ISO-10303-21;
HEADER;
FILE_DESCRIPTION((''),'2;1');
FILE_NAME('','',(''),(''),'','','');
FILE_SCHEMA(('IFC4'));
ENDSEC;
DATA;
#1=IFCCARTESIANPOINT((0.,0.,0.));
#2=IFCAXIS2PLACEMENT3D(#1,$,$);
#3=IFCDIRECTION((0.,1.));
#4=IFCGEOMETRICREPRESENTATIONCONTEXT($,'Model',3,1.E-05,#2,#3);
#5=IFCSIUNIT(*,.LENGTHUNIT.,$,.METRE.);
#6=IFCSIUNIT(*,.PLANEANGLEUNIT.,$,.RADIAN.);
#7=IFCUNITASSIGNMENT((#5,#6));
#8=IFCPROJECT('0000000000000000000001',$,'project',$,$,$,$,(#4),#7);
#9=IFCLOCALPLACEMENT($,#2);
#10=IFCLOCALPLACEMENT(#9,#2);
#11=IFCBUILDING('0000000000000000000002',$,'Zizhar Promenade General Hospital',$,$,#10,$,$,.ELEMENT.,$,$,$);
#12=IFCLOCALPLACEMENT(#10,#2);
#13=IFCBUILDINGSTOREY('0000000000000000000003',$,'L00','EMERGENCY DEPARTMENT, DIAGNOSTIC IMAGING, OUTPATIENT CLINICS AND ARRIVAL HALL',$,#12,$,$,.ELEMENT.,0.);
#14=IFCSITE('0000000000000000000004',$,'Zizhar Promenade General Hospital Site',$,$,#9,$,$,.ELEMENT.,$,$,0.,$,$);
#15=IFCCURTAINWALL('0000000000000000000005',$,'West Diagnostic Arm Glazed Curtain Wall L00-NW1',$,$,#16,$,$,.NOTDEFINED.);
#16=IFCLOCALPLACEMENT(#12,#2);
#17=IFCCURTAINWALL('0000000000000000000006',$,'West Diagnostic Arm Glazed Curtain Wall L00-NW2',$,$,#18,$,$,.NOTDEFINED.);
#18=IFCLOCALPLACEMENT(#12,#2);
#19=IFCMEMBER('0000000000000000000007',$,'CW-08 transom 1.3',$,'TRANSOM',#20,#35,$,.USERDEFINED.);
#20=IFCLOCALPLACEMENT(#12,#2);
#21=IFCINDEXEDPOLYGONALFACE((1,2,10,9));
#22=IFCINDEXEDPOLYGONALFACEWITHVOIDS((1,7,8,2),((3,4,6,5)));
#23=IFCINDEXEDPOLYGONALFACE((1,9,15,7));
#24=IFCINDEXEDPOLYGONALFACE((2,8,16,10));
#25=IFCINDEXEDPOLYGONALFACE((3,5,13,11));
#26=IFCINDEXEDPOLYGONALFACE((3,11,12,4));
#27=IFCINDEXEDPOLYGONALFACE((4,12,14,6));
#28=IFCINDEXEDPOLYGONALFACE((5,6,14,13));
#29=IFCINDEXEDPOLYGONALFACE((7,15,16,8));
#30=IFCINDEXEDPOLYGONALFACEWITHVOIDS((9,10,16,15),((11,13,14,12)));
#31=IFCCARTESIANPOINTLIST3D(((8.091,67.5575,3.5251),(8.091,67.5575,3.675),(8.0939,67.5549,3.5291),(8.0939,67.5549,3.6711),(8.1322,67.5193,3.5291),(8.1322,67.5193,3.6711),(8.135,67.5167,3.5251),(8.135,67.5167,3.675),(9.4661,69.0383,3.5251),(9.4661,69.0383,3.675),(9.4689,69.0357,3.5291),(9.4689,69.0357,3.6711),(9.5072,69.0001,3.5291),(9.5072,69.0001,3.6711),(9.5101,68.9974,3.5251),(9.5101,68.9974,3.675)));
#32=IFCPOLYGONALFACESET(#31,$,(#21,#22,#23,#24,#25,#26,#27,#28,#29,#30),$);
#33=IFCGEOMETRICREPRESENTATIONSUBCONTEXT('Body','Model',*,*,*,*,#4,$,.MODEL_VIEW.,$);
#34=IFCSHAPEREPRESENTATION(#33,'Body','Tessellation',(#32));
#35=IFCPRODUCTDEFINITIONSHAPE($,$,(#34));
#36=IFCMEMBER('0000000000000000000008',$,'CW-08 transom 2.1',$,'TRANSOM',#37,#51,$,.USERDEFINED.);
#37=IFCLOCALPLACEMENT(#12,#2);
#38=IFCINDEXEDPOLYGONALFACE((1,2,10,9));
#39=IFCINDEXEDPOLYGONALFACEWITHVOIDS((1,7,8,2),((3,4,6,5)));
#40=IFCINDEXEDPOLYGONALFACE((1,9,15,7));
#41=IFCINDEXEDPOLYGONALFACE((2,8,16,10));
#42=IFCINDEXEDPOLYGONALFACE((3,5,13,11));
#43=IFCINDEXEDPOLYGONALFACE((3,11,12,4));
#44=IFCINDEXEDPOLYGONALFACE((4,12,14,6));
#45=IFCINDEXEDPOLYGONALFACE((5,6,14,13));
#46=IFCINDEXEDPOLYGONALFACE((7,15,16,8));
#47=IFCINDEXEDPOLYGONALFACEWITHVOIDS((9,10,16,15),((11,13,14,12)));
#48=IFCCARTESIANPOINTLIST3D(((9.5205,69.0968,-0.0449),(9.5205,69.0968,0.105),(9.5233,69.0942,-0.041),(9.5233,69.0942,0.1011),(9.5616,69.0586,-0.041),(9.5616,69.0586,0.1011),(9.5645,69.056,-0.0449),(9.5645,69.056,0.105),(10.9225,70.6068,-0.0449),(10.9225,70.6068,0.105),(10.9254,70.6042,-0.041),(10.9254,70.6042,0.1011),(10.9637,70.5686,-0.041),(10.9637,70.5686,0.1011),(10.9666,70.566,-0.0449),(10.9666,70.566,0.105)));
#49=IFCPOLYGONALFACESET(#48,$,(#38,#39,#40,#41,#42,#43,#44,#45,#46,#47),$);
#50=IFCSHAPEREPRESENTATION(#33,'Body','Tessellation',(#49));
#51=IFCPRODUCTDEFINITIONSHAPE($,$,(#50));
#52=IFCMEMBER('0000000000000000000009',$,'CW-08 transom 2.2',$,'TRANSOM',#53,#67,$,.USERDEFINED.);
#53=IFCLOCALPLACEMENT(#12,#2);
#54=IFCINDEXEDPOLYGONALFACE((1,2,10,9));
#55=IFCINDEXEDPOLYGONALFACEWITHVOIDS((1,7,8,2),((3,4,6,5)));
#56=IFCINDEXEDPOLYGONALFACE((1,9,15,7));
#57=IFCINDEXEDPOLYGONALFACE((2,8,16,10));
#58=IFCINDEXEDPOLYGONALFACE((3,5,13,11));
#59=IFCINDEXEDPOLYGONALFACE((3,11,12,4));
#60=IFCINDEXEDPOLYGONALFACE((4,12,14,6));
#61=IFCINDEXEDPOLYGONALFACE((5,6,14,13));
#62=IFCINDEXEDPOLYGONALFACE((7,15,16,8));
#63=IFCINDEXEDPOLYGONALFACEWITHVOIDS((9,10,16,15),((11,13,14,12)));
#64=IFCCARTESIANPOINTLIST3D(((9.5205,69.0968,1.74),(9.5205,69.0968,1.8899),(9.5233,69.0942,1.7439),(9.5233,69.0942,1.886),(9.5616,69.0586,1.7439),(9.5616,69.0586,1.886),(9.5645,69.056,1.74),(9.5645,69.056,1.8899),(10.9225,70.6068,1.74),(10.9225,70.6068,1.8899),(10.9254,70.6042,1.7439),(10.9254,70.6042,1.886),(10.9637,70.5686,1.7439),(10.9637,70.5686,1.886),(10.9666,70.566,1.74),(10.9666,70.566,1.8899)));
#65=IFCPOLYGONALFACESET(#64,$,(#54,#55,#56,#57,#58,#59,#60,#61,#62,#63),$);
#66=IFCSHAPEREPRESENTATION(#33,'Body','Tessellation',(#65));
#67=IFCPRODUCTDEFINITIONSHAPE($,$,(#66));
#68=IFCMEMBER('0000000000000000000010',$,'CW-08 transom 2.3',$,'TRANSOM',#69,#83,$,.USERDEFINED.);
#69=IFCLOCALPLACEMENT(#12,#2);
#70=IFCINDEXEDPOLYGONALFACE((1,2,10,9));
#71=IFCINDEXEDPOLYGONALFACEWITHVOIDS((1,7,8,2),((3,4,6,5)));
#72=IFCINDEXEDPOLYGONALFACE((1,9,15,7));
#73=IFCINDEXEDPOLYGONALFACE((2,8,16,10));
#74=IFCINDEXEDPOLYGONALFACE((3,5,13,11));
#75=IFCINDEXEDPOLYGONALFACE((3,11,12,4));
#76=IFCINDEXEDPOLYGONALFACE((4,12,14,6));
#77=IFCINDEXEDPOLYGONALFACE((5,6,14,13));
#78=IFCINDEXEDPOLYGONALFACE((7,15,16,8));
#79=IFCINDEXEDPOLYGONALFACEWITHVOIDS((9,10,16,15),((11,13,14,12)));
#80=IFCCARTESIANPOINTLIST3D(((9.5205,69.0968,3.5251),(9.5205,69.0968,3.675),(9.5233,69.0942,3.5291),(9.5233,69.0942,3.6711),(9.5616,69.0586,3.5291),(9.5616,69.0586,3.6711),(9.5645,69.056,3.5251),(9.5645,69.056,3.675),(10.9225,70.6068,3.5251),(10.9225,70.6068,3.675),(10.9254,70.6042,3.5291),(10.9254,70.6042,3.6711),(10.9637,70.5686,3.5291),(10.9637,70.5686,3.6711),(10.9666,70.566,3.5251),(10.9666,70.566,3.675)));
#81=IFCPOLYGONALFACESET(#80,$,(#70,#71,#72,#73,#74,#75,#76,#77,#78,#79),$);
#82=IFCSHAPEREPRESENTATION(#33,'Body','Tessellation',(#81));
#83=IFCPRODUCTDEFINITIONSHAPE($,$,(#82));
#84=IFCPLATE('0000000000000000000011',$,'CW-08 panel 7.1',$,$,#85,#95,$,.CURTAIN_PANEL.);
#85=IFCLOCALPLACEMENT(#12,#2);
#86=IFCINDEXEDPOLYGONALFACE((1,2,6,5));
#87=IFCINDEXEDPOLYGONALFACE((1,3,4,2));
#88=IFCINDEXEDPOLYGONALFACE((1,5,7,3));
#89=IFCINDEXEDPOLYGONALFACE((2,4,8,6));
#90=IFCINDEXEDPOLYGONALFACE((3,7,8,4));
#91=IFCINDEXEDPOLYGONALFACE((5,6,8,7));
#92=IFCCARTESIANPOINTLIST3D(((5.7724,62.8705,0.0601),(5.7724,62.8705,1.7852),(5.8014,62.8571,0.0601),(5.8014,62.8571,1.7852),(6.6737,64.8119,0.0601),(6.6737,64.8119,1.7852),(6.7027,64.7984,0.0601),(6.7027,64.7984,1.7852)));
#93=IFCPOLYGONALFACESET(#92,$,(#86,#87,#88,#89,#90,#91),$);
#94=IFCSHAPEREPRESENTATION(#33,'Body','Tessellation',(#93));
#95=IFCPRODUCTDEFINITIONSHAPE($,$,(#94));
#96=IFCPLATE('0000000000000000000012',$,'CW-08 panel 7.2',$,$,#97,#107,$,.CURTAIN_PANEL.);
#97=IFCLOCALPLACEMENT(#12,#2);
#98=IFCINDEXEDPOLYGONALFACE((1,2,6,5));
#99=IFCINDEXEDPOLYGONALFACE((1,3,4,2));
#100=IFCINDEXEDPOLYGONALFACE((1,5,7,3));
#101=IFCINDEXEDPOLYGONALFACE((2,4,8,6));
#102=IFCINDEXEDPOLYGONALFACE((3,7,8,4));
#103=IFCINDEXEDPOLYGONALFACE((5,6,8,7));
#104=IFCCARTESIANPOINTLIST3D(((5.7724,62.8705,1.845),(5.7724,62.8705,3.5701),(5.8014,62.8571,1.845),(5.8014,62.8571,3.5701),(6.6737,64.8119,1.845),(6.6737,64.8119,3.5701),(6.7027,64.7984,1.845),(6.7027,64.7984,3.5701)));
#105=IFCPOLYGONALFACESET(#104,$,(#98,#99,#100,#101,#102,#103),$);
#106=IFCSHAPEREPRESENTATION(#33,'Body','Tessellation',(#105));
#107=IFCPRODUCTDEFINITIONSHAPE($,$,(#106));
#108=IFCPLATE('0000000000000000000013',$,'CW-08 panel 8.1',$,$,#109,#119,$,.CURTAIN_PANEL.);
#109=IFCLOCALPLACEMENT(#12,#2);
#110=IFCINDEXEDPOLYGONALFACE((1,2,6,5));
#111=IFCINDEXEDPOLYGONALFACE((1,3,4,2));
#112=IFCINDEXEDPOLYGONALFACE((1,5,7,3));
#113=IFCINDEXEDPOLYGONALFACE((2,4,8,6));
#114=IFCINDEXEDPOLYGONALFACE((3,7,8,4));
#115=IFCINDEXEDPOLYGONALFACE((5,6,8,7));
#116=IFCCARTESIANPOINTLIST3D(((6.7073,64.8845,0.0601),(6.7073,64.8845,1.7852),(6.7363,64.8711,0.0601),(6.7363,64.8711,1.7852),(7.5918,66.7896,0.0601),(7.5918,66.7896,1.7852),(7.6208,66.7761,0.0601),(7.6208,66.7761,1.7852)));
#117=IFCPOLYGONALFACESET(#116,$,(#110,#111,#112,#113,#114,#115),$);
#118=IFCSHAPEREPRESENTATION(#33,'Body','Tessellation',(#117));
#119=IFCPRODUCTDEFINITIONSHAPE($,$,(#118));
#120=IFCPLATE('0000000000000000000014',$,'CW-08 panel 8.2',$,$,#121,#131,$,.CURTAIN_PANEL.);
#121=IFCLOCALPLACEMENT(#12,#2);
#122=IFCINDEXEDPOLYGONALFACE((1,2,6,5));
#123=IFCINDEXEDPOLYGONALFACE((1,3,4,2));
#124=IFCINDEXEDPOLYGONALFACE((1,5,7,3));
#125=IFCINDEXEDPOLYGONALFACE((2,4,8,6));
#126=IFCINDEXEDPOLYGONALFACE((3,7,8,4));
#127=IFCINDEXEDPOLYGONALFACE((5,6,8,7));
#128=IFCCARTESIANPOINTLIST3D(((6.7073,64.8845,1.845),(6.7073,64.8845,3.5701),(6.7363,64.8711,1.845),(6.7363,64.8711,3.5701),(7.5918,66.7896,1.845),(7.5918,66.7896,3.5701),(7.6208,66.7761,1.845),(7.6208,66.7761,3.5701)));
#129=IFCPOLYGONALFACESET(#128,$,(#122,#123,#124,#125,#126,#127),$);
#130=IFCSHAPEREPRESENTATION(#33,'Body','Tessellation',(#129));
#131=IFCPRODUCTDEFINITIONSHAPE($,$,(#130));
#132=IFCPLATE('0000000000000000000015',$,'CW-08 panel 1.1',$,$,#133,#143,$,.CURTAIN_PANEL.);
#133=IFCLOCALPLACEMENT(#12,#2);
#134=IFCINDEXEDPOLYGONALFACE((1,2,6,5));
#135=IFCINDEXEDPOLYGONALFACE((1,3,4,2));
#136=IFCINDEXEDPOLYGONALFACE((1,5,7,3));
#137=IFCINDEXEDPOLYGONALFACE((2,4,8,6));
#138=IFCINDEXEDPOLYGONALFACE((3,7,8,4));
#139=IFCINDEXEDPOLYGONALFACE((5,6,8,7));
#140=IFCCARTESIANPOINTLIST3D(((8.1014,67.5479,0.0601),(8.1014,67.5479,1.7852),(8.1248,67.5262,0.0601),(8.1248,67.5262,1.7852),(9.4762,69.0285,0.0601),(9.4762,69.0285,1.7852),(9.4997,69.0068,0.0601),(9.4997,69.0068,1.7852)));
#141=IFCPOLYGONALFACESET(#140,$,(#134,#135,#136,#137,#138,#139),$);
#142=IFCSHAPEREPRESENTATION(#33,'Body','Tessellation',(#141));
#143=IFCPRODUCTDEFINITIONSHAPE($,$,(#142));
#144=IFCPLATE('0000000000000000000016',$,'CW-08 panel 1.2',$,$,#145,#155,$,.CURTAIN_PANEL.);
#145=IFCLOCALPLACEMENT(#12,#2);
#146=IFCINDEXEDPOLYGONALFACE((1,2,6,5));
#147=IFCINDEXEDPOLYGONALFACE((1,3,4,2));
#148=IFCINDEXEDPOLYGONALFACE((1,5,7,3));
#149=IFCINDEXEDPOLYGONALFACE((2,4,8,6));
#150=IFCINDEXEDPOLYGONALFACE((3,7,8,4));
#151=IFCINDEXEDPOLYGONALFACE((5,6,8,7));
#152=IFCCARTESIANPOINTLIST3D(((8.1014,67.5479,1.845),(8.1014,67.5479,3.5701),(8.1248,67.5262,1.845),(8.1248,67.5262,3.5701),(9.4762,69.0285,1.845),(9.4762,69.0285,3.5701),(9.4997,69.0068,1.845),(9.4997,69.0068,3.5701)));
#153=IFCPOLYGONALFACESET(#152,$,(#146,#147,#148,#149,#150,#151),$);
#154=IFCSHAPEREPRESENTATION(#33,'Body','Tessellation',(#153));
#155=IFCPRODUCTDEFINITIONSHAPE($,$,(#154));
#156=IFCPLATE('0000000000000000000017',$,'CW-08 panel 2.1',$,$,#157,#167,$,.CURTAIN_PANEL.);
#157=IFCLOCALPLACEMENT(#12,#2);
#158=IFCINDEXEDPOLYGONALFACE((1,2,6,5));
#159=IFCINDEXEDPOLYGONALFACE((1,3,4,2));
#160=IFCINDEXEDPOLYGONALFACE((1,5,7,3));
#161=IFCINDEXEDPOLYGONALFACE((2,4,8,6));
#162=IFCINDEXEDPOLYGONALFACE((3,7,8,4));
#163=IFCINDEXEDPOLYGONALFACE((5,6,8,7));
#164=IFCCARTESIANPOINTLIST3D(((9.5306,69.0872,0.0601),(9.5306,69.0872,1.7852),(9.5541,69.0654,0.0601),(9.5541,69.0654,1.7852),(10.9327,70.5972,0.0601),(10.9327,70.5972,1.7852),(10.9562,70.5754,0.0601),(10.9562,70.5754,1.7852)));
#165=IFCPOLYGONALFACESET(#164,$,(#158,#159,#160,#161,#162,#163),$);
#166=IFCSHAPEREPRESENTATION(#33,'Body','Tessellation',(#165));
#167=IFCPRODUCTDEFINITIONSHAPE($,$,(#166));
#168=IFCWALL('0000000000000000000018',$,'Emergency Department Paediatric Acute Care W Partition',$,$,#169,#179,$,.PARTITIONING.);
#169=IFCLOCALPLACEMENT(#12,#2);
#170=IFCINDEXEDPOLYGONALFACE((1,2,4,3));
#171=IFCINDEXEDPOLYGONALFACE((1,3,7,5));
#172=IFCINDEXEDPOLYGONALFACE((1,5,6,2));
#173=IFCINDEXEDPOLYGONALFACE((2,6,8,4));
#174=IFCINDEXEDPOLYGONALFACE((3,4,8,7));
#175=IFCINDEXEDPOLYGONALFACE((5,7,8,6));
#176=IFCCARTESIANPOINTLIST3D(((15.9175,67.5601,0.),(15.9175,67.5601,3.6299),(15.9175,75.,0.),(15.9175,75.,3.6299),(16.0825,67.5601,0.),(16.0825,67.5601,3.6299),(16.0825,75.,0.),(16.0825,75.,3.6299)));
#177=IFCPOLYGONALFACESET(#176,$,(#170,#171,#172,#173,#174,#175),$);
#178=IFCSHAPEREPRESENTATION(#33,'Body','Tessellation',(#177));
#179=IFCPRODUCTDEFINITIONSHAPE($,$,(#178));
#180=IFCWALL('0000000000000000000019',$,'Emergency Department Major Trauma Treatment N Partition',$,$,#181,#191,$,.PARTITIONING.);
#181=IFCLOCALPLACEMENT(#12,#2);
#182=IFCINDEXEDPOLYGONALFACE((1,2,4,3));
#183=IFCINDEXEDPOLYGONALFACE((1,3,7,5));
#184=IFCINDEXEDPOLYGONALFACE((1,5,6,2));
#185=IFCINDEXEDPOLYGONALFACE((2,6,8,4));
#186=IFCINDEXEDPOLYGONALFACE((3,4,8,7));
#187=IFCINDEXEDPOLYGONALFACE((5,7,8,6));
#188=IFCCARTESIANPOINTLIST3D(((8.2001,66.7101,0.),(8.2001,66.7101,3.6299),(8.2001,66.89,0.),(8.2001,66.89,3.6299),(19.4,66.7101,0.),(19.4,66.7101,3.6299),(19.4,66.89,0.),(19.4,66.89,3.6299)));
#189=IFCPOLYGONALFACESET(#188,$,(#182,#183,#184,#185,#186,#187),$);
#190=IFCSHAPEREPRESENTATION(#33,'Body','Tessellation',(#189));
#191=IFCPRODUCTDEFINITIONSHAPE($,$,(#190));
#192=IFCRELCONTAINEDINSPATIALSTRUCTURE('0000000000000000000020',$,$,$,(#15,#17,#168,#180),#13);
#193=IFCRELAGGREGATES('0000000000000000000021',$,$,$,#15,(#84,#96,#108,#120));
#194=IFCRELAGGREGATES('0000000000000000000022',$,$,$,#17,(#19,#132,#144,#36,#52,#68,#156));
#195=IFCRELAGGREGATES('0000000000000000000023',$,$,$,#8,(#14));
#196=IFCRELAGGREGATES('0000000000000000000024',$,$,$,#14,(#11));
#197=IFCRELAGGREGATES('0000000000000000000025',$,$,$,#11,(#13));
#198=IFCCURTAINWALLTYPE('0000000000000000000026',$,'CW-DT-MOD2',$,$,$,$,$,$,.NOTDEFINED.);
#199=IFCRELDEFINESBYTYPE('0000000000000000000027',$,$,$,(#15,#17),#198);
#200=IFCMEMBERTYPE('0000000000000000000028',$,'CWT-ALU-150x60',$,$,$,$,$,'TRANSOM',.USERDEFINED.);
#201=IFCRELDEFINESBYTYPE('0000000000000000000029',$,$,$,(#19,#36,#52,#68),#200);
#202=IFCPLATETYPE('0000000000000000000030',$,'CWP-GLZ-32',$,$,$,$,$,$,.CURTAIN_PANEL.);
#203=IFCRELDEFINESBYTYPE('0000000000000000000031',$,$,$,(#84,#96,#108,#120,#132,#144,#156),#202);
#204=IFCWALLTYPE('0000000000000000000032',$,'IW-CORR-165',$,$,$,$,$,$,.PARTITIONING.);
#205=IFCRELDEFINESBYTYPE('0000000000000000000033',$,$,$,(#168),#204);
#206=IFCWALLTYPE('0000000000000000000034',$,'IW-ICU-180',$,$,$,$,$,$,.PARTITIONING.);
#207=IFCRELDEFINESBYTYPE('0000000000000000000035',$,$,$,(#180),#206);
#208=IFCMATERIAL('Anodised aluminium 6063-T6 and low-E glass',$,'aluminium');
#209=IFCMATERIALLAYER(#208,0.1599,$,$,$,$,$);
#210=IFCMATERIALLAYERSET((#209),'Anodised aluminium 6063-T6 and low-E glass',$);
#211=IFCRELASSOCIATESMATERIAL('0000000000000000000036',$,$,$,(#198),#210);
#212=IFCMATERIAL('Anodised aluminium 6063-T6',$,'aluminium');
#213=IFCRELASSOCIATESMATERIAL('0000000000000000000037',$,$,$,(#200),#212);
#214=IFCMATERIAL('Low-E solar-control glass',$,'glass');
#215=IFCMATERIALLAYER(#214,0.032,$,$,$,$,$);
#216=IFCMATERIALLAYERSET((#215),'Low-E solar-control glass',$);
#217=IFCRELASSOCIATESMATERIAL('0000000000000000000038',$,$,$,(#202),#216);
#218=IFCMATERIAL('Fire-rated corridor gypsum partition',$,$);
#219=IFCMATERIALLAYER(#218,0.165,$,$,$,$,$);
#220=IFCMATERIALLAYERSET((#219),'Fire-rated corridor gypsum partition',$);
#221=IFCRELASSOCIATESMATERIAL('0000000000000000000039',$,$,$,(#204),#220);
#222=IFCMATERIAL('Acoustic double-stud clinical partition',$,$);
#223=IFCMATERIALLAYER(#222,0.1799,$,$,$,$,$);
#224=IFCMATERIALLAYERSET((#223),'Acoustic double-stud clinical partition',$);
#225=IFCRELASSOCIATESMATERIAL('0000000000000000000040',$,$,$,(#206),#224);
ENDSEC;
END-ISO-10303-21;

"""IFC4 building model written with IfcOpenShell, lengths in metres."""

from ifc_helpers import new_model, si_unit, direction, frame, frame_2d, origin, origin_2d, place, context, subcontext, project, spatial, rectangle, hollow_rectangle, extrude, material, layer, layer_set, material_profile, profile_set, type_object, element, aggregate, save


model = new_model("IFC4")

# Units and contexts
model_context = context("Model", 3, precision=1e-05, world=origin(), true_north=direction((0.0, 1.0)))
body_context = subcontext(model_context, "Body", "Model", "MODEL_VIEW")
ifc_project = project(units=[si_unit("LENGTHUNIT", "METRE"), si_unit("PLANEANGLEUNIT", "RADIAN")], contexts=[model_context])

# Site, building, storey
site_placement = place(None, origin())
site = spatial("IfcSite", under=ifc_project, at=site_placement, Name="Zizhar Promenade General Hospital Site", CompositionType="ELEMENT", RefElevation=0.0)
building_placement = place(site_placement, origin())
building = spatial("IfcBuilding", under=site, at=building_placement, Name="Zizhar Promenade General Hospital", CompositionType="ELEMENT")
storey_placement = place(building_placement, origin())
storey = spatial("IfcBuildingStorey", under=building, at=storey_placement, Name="L00", Description="EMERGENCY DEPARTMENT, DIAGNOSTIC IMAGING, OUTPATIENT CLINICS AND ARRIVAL HALL", CompositionType="ELEMENT", Elevation=0.0)

# Curtain walls
ifc_material_1 = material(Name="Anodised aluminium 6063-T6 and low-E glass", Category="aluminium")
ifc_layer_1 = layer(ifc_material_1, 0.1599)
ifc_layer_set_1 = layer_set([ifc_layer_1], Name="Anodised aluminium 6063-T6 and low-E glass")
curtain_wall_type = type_object("IfcCurtainWallType", Name="CW-DT-MOD2", PredefinedType="NOTDEFINED", material=ifc_layer_set_1)
curtain_wall_1_placement = place(storey_placement, origin())
curtain_wall_1 = element("IfcCurtainWall", 1, at=curtain_wall_1_placement, inside=storey, type_object=curtain_wall_type, Name="West Diagnostic Arm Glazed Curtain Wall L00-NW1", PredefinedType="NOTDEFINED")
curtain_wall_2_placement = place(storey_placement, origin())
curtain_wall_2 = element("IfcCurtainWall", 2, at=curtain_wall_2_placement, inside=storey, type_object=curtain_wall_type, Name="West Diagnostic Arm Glazed Curtain Wall L00-NW2", PredefinedType="NOTDEFINED")

# Members
ifc_material_2 = material(Name="Anodised aluminium 6063-T6", Category="aluminium")
ifc_material_profile_1 = material_profile(ifc_material_2, hollow_rectangle(XDim=0.0601, YDim=0.1499, WallThickness=0.0039, at=origin_2d()))
ifc_profile_set_1 = profile_set([ifc_material_profile_1], Name="Anodised aluminium 6063-T6")
member_type_1 = type_object("IfcMemberType", Name="CWT-ALU-150x60", ElementType="TRANSOM", PredefinedType="USERDEFINED", material=ifc_profile_set_1)
member_1_placement = place(storey_placement, frame((8.113, 67.5371, 3.6001), z_axis=(0.680465, 0.732781, 0.0), x_axis=(-0.732781, 0.680465, 0.0)))
member_1 = element("IfcMember", 3, at=member_1_placement, type_object=member_type_1, Name="CW-08 transom 1.3", ObjectType="TRANSOM", PredefinedType="USERDEFINED", context=body_context, shape_type="SweptSolid", body=[
    extrude(hollow_rectangle(XDim=0.0601, YDim=0.1499, WallThickness=0.0039, at=origin_2d()), origin(), (0.0, 0.0, 1.0), 2.0208),
])
member_2_placement = place(storey_placement, frame((9.5425, 69.0764, 0.03), z_axis=(0.680437, 0.732806, 0.0), x_axis=(-0.732806, 0.680437, 0.0)))
member_2 = element("IfcMember", 4, at=member_2_placement, type_object=member_type_1, Name="CW-08 transom 2.1", ObjectType="TRANSOM", PredefinedType="USERDEFINED", context=body_context, shape_type="SweptSolid", body=[
    extrude(hollow_rectangle(XDim=0.0601, YDim=0.1499, WallThickness=0.0039, at=origin_2d()), origin(), (0.0, 0.0, 1.0), 2.0605),
])
member_3_placement = place(storey_placement, frame((9.5425, 69.0764, 1.8149), z_axis=(0.680437, 0.732806, 0.0), x_axis=(-0.732806, 0.680437, 0.0)))
member_3 = element("IfcMember", 5, at=member_3_placement, type_object=member_type_1, Name="CW-08 transom 2.2", ObjectType="TRANSOM", PredefinedType="USERDEFINED", context=body_context, shape_type="SweptSolid", body=[
    extrude(hollow_rectangle(XDim=0.0601, YDim=0.1499, WallThickness=0.0039, at=origin_2d()), origin(), (0.0, 0.0, 1.0), 2.0605),
])
member_4_placement = place(storey_placement, frame((9.5425, 69.0764, 3.6001), z_axis=(0.680437, 0.732806, 0.0), x_axis=(-0.732806, 0.680437, 0.0)))
member_4 = element("IfcMember", 6, at=member_4_placement, type_object=member_type_1, Name="CW-08 transom 2.3", ObjectType="TRANSOM", PredefinedType="USERDEFINED", context=body_context, shape_type="SweptSolid", body=[
    extrude(hollow_rectangle(XDim=0.0601, YDim=0.1499, WallThickness=0.0039, at=origin_2d()), origin(), (0.0, 0.0, 1.0), 2.0605),
])

# Plates
ifc_material_3 = material(Name="Low-E solar-control glass", Category="glass")
ifc_layer_2 = layer(ifc_material_3, 0.032)
ifc_layer_set_2 = layer_set([ifc_layer_2], Name="Low-E solar-control glass")
plate_type = type_object("IfcPlateType", Name="CWP-GLZ-32", PredefinedType="CURTAIN_PANEL", material=ifc_layer_set_2)
plate_1_placement = place(storey_placement, frame((6.2375, 63.8345, 0.0601), z_axis=(0.0, 0.0, 1.0), x_axis=(0.421115, 0.907007, 0.0)))
plate_1 = element("IfcPlate", 7, at=plate_1_placement, type_object=plate_type, Name="CW-08 panel 7.1", PredefinedType="CURTAIN_PANEL", context=body_context, shape_type="SweptSolid", body=[
    extrude(rectangle(XDim=2.1404, YDim=0.032, at=origin_2d()), origin(), (0.0, 0.0, 1.0), 1.7251),
])
plate_2_placement = place(storey_placement, frame((6.2375, 63.8345, 1.845), z_axis=(0.0, 0.0, 1.0), x_axis=(0.421115, 0.907007, 0.0)))
plate_2 = element("IfcPlate", 8, at=plate_2_placement, type_object=plate_type, Name="CW-08 panel 7.2", PredefinedType="CURTAIN_PANEL", context=body_context, shape_type="SweptSolid", body=[
    extrude(rectangle(XDim=2.1404, YDim=0.032, at=origin_2d()), origin(), (0.0, 0.0, 1.0), 1.7251),
])
plate_3_placement = place(storey_placement, frame((7.1641, 65.8303, 0.0601), z_axis=(0.0, 0.0, 1.0), x_axis=(0.421115, 0.907007, 0.0)))
plate_3 = element("IfcPlate", 9, at=plate_3_placement, type_object=plate_type, Name="CW-08 panel 8.1", PredefinedType="CURTAIN_PANEL", context=body_context, shape_type="SweptSolid", body=[
    extrude(rectangle(XDim=2.1003, YDim=0.032, at=origin_2d()), origin(), (0.0, 0.0, 1.0), 1.7251),
])
plate_4_placement = place(storey_placement, frame((7.1641, 65.8303, 1.845), z_axis=(0.0, 0.0, 1.0), x_axis=(0.421115, 0.907007, 0.0)))
plate_4 = element("IfcPlate", 10, at=plate_4_placement, type_object=plate_type, Name="CW-08 panel 8.2", PredefinedType="CURTAIN_PANEL", context=body_context, shape_type="SweptSolid", body=[
    extrude(rectangle(XDim=2.1003, YDim=0.032, at=origin_2d()), origin(), (0.0, 0.0, 1.0), 1.7251),
])
aggregate(curtain_wall_1, [plate_1, plate_2, plate_3, plate_4])
plate_5_placement = place(storey_placement, frame((8.8005, 68.2773, 0.0601), z_axis=(0.0, 0.0, 1.0), x_axis=(0.680452, 0.732793, 0.0)))
plate_5 = element("IfcPlate", 11, at=plate_5_placement, type_object=plate_type, Name="CW-08 panel 1.1", PredefinedType="CURTAIN_PANEL", context=body_context, shape_type="SweptSolid", body=[
    extrude(rectangle(XDim=2.0205, YDim=0.032, at=origin_2d()), origin(), (0.0, 0.0, 1.0), 1.7251),
])
plate_6_placement = place(storey_placement, frame((8.8005, 68.2773, 1.845), z_axis=(0.0, 0.0, 1.0), x_axis=(0.680452, 0.732793, 0.0)))
plate_6 = element("IfcPlate", 12, at=plate_6_placement, type_object=plate_type, Name="CW-08 panel 1.2", PredefinedType="CURTAIN_PANEL", context=body_context, shape_type="SweptSolid", body=[
    extrude(rectangle(XDim=2.0205, YDim=0.032, at=origin_2d()), origin(), (0.0, 0.0, 1.0), 1.7251),
])
plate_7_placement = place(storey_placement, frame((10.2434, 69.8313, 0.0601), z_axis=(0.0, 0.0, 1.0), x_axis=(0.680452, 0.732793, 0.0)))
plate_7 = element("IfcPlate", 13, at=plate_7_placement, type_object=plate_type, Name="CW-08 panel 2.1", PredefinedType="CURTAIN_PANEL", context=body_context, shape_type="SweptSolid", body=[
    extrude(rectangle(XDim=2.0605, YDim=0.032, at=origin_2d()), origin(), (0.0, 0.0, 1.0), 1.7251),
])
aggregate(curtain_wall_2, [member_1, plate_5, plate_6, member_2, member_3, member_4, plate_7])

# Walls
ifc_material_4 = material(Name="Fire-rated corridor gypsum partition")
ifc_layer_3 = layer(ifc_material_4, 0.165)
ifc_layer_set_3 = layer_set([ifc_layer_3], Name="Fire-rated corridor gypsum partition")
wall_type_1 = type_object("IfcWallType", Name="IW-CORR-165", PredefinedType="PARTITIONING", material=ifc_layer_set_3)
wall_1_placement = place(storey_placement, frame((16.0, 67.5601, 0.0), z_axis=(0.0, 0.0, 1.0), x_axis=(0.0, 1.0, 0.0)))
element("IfcWall", 14, at=wall_1_placement, inside=storey, type_object=wall_type_1, Name="Emergency Department Paediatric Acute Care W Partition", PredefinedType="PARTITIONING", context=body_context, shape_type="SweptSolid", body=[
    extrude(rectangle(XDim=7.4399, YDim=0.165, at=frame_2d((3.72, 0.0))), origin(), (0.0, 0.0, 1.0), 3.6299),
])
ifc_material_5 = material(Name="Acoustic double-stud clinical partition")
ifc_layer_4 = layer(ifc_material_5, 0.1799)
ifc_layer_set_4 = layer_set([ifc_layer_4], Name="Acoustic double-stud clinical partition")
wall_type_2 = type_object("IfcWallType", Name="IW-ICU-180", PredefinedType="PARTITIONING", material=ifc_layer_set_4)
wall_2_placement = place(storey_placement, frame((8.2, 66.8, 0.0), z_axis=(0.0, 0.0, 1.0), x_axis=(1.0, 0.0, 0.0)))
element("IfcWall", 15, at=wall_2_placement, inside=storey, type_object=wall_type_2, Name="Emergency Department Major Trauma Treatment N Partition", PredefinedType="PARTITIONING", context=body_context, shape_type="SweptSolid", body=[
    extrude(rectangle(XDim=11.2, YDim=0.1799, at=frame_2d((5.6001, 0.0))), origin(), (0.0, 0.0, 1.0), 3.6299),
])

save(model, "model.ifc")
